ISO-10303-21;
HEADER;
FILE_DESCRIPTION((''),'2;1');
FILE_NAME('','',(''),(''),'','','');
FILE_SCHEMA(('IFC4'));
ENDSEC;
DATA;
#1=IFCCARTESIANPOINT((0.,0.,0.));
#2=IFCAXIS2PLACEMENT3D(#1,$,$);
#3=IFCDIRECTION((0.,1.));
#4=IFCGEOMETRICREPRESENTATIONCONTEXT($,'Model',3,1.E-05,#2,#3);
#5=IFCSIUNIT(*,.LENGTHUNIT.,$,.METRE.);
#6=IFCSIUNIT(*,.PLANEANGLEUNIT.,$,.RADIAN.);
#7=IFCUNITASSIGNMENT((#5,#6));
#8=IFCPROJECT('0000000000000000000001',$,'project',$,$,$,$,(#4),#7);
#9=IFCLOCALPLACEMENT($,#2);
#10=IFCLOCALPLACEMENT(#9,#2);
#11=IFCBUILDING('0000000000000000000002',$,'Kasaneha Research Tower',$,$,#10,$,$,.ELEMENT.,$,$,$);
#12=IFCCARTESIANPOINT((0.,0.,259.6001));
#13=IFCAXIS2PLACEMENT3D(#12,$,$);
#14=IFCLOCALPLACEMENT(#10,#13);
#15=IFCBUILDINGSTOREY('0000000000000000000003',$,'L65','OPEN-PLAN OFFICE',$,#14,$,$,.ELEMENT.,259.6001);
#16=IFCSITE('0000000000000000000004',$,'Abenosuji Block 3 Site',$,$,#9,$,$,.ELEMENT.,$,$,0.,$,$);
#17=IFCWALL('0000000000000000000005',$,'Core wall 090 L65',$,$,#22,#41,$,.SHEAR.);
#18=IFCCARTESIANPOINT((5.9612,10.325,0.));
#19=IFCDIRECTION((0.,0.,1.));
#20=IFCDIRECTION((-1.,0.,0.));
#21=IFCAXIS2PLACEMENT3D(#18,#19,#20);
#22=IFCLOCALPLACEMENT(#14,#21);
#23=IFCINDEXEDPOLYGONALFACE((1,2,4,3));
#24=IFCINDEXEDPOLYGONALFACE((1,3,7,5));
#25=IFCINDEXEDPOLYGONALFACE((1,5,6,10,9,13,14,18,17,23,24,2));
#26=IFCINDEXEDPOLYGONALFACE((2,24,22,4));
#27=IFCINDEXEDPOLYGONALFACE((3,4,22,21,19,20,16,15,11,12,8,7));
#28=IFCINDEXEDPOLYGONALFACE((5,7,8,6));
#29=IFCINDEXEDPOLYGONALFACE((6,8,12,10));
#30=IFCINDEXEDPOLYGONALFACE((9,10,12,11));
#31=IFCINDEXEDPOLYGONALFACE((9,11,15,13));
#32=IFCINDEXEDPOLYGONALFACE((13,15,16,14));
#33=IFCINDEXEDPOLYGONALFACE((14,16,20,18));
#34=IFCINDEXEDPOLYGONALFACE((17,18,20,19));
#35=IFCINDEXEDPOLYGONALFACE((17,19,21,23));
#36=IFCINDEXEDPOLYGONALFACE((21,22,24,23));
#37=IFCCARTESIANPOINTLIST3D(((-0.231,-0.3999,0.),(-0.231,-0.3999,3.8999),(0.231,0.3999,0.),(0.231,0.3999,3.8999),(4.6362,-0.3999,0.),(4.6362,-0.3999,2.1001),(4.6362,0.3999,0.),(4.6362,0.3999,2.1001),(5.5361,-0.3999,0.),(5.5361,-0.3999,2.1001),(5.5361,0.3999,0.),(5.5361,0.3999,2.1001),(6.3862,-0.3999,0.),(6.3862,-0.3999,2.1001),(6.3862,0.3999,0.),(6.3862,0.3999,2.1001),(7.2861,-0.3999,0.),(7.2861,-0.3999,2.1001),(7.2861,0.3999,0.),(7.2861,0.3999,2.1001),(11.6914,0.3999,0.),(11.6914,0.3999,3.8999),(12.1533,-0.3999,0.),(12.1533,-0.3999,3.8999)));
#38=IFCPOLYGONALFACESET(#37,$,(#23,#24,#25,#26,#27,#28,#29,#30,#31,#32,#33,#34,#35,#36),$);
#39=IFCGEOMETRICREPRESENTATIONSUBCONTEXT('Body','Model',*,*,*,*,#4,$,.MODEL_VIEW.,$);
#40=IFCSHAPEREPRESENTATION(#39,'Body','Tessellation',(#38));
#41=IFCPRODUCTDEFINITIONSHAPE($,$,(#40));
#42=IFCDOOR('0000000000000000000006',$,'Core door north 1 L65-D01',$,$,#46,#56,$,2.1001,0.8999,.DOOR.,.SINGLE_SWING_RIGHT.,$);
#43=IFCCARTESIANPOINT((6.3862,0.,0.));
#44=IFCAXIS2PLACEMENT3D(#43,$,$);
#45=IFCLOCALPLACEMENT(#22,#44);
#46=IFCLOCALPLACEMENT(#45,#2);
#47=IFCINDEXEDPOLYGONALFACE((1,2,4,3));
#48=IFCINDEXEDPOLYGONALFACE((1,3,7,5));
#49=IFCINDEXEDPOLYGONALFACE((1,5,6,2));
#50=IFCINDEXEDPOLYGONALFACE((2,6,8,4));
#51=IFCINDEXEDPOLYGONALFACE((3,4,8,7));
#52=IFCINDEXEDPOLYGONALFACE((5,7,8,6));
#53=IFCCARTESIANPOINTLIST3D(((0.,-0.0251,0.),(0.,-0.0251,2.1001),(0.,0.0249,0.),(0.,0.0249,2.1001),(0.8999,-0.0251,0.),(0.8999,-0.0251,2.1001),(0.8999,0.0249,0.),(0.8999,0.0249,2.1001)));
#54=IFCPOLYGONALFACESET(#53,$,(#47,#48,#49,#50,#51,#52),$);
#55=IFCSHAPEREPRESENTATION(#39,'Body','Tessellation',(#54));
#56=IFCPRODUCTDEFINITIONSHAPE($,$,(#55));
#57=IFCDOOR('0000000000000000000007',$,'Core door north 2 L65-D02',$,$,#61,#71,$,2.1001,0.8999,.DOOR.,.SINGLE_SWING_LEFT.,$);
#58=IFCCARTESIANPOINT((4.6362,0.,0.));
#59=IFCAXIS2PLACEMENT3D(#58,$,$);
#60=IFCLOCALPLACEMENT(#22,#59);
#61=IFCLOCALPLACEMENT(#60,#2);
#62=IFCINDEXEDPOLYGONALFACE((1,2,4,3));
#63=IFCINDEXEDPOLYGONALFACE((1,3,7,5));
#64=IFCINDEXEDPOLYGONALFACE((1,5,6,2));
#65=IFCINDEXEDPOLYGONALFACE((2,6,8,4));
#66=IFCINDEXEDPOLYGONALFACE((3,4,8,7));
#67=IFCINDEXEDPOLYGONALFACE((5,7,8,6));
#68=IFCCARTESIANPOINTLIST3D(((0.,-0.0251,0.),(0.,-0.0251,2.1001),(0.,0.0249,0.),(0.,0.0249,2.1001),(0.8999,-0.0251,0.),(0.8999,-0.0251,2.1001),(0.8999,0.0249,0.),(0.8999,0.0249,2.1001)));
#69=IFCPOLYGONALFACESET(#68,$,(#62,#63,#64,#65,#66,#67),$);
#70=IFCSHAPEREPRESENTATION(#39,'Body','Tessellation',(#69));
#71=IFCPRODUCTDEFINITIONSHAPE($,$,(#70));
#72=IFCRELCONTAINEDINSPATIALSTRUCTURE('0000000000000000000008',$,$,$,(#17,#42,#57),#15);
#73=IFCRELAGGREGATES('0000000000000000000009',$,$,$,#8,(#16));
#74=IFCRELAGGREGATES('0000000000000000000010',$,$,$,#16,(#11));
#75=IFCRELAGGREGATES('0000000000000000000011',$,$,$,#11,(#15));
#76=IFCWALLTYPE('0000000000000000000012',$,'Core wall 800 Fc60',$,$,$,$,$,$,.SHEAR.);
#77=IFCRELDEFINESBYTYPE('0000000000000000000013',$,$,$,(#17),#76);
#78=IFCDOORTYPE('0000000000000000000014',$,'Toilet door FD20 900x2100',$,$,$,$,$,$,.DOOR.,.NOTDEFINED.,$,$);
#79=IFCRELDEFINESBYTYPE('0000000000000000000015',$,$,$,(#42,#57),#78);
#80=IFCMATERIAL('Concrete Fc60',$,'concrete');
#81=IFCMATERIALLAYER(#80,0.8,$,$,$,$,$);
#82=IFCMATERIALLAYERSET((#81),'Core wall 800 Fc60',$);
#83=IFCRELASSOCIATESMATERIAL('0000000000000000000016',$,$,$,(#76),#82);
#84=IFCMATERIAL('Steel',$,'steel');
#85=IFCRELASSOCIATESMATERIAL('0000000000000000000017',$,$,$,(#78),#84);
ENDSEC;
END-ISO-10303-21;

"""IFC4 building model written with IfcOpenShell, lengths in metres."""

from ifc_helpers import new_model, si_unit, direction, frame, frame_2d, origin, place, context, subcontext, project, spatial, polyline, rectangle, outline, extrude, material, layer, layer_set, type_object, element, fill, save


model = new_model("IFC4")

# Units and contexts
model_context = context("Model", 3, precision=1e-05, world=origin(), true_north=direction((0.0, 1.0)))
body_context = subcontext(model_context, "Body", "Model", "MODEL_VIEW")
ifc_project = project(units=[si_unit("LENGTHUNIT", "METRE"), si_unit("PLANEANGLEUNIT", "RADIAN")], contexts=[model_context])

# Site, building, storey
site_placement = place(None, origin())
site = spatial("IfcSite", under=ifc_project, at=site_placement, Name="Abenosuji Block 3 Site", CompositionType="ELEMENT", RefElevation=0.0)
building_placement = place(site_placement, origin())
building = spatial("IfcBuilding", under=site, at=building_placement, Name="Kasaneha Research Tower", CompositionType="ELEMENT")
storey_placement = place(building_placement, frame((0.0, 0.0, 259.6001)))
storey = spatial("IfcBuildingStorey", under=building, at=storey_placement, Name="L65", Description="OPEN-PLAN OFFICE", CompositionType="ELEMENT", Elevation=259.6001)

# Wall, openings, doors
ifc_material_1 = material(Name="Concrete Fc60", Category="concrete")
ifc_layer_1 = layer(ifc_material_1, 0.8)
ifc_layer_set_1 = layer_set([ifc_layer_1], Name="Core wall 800 Fc60")
wall_type_1 = type_object("IfcWallType", Name="Core wall 800 Fc60", PredefinedType="SHEAR", material=ifc_layer_set_1)
wall_1_placement = place(storey_placement, frame((5.9612, 10.325, 0.0), z_axis=(0.0, 0.0, 1.0), x_axis=(-1.0, 0.0, 0.0)))
wall_1 = element("IfcWall", 1, at=wall_1_placement, inside=storey, type_object=wall_type_1, Name="Core wall 090 L65", PredefinedType="SHEAR", context=body_context, shape_type="SweptSolid", body=[
    extrude(outline(polyline([(-0.231, -0.3999), (4.6362, -0.3999), (5.5361, -0.3999), (6.3862, -0.3999), (7.2861, -0.3999), (12.1533, -0.3999), (11.6914, 0.3999), (7.2861, 0.3999), (6.3862, 0.3999), (5.5361, 0.3999), (4.6362, 0.3999), (0.231, 0.3999), (-0.231, -0.3999)])), origin(), (0.0, 0.0, 1.0), 3.8999),
])
opening_1_placement = place(wall_1_placement, frame((6.3862, 0.0, 0.0)))
opening_1 = element("IfcOpeningElement", 2, at=opening_1_placement, cuts=wall_1, PredefinedType="OPENING", context=body_context, shape_type="SweptSolid", body=[
    extrude(rectangle(XDim=0.8999, YDim=2.1001, at=frame_2d((0.45, 1.05))), frame((0.0, 0.4102, 0.0), z_axis=(0.0, -1.0, 0.0), x_axis=(1.0, 0.0, 0.0)), (0.0, 0.0, 1.0), 0.8201),
])
opening_2_placement = place(wall_1_placement, frame((4.6362, 0.0, 0.0)))
opening_2 = element("IfcOpeningElement", 3, at=opening_2_placement, cuts=wall_1, PredefinedType="OPENING", context=body_context, shape_type="SweptSolid", body=[
    extrude(rectangle(XDim=0.8999, YDim=2.1001, at=frame_2d((0.45, 1.05))), frame((0.0, 0.4102, 0.0), z_axis=(0.0, -1.0, 0.0), x_axis=(1.0, 0.0, 0.0)), (0.0, 0.0, 1.0), 0.8201),
])
ifc_material_2 = material(Name="Steel", Category="steel")
door_type_1 = type_object("IfcDoorType", Name="Toilet door FD20 900x2100", OperationType="NOTDEFINED", PredefinedType="DOOR", material=ifc_material_2)
door_1_placement = place(opening_1_placement, origin())
door_1 = element("IfcDoor", 4, at=door_1_placement, inside=storey, type_object=door_type_1, Name="Core door north 1 L65-D01", OperationType="SINGLE_SWING_RIGHT", OverallHeight=2.1001, OverallWidth=0.8999, PredefinedType="DOOR", context=body_context, shape_type="SweptSolid", body=[
    extrude(rectangle(XDim=0.8999, YDim=2.1001, at=frame_2d((0.45, 1.05))), frame((0.0, 0.0249, 0.0), z_axis=(0.0, -1.0, 0.0), x_axis=(1.0, 0.0, 0.0)), (0.0, 0.0, 1.0), 0.05),
])
fill(opening_1, door_1)
door_2_placement = place(opening_2_placement, origin())
door_2 = element("IfcDoor", 5, at=door_2_placement, inside=storey, type_object=door_type_1, Name="Core door north 2 L65-D02", OperationType="SINGLE_SWING_LEFT", OverallHeight=2.1001, OverallWidth=0.8999, PredefinedType="DOOR", context=body_context, shape_type="SweptSolid", body=[
    extrude(rectangle(XDim=0.8999, YDim=2.1001, at=frame_2d((0.45, 1.05))), frame((0.0, 0.0249, 0.0), z_axis=(0.0, -1.0, 0.0), x_axis=(1.0, 0.0, 0.0)), (0.0, 0.0, 1.0), 0.05),
])
fill(opening_2, door_2)

save(model, "model.ifc")
